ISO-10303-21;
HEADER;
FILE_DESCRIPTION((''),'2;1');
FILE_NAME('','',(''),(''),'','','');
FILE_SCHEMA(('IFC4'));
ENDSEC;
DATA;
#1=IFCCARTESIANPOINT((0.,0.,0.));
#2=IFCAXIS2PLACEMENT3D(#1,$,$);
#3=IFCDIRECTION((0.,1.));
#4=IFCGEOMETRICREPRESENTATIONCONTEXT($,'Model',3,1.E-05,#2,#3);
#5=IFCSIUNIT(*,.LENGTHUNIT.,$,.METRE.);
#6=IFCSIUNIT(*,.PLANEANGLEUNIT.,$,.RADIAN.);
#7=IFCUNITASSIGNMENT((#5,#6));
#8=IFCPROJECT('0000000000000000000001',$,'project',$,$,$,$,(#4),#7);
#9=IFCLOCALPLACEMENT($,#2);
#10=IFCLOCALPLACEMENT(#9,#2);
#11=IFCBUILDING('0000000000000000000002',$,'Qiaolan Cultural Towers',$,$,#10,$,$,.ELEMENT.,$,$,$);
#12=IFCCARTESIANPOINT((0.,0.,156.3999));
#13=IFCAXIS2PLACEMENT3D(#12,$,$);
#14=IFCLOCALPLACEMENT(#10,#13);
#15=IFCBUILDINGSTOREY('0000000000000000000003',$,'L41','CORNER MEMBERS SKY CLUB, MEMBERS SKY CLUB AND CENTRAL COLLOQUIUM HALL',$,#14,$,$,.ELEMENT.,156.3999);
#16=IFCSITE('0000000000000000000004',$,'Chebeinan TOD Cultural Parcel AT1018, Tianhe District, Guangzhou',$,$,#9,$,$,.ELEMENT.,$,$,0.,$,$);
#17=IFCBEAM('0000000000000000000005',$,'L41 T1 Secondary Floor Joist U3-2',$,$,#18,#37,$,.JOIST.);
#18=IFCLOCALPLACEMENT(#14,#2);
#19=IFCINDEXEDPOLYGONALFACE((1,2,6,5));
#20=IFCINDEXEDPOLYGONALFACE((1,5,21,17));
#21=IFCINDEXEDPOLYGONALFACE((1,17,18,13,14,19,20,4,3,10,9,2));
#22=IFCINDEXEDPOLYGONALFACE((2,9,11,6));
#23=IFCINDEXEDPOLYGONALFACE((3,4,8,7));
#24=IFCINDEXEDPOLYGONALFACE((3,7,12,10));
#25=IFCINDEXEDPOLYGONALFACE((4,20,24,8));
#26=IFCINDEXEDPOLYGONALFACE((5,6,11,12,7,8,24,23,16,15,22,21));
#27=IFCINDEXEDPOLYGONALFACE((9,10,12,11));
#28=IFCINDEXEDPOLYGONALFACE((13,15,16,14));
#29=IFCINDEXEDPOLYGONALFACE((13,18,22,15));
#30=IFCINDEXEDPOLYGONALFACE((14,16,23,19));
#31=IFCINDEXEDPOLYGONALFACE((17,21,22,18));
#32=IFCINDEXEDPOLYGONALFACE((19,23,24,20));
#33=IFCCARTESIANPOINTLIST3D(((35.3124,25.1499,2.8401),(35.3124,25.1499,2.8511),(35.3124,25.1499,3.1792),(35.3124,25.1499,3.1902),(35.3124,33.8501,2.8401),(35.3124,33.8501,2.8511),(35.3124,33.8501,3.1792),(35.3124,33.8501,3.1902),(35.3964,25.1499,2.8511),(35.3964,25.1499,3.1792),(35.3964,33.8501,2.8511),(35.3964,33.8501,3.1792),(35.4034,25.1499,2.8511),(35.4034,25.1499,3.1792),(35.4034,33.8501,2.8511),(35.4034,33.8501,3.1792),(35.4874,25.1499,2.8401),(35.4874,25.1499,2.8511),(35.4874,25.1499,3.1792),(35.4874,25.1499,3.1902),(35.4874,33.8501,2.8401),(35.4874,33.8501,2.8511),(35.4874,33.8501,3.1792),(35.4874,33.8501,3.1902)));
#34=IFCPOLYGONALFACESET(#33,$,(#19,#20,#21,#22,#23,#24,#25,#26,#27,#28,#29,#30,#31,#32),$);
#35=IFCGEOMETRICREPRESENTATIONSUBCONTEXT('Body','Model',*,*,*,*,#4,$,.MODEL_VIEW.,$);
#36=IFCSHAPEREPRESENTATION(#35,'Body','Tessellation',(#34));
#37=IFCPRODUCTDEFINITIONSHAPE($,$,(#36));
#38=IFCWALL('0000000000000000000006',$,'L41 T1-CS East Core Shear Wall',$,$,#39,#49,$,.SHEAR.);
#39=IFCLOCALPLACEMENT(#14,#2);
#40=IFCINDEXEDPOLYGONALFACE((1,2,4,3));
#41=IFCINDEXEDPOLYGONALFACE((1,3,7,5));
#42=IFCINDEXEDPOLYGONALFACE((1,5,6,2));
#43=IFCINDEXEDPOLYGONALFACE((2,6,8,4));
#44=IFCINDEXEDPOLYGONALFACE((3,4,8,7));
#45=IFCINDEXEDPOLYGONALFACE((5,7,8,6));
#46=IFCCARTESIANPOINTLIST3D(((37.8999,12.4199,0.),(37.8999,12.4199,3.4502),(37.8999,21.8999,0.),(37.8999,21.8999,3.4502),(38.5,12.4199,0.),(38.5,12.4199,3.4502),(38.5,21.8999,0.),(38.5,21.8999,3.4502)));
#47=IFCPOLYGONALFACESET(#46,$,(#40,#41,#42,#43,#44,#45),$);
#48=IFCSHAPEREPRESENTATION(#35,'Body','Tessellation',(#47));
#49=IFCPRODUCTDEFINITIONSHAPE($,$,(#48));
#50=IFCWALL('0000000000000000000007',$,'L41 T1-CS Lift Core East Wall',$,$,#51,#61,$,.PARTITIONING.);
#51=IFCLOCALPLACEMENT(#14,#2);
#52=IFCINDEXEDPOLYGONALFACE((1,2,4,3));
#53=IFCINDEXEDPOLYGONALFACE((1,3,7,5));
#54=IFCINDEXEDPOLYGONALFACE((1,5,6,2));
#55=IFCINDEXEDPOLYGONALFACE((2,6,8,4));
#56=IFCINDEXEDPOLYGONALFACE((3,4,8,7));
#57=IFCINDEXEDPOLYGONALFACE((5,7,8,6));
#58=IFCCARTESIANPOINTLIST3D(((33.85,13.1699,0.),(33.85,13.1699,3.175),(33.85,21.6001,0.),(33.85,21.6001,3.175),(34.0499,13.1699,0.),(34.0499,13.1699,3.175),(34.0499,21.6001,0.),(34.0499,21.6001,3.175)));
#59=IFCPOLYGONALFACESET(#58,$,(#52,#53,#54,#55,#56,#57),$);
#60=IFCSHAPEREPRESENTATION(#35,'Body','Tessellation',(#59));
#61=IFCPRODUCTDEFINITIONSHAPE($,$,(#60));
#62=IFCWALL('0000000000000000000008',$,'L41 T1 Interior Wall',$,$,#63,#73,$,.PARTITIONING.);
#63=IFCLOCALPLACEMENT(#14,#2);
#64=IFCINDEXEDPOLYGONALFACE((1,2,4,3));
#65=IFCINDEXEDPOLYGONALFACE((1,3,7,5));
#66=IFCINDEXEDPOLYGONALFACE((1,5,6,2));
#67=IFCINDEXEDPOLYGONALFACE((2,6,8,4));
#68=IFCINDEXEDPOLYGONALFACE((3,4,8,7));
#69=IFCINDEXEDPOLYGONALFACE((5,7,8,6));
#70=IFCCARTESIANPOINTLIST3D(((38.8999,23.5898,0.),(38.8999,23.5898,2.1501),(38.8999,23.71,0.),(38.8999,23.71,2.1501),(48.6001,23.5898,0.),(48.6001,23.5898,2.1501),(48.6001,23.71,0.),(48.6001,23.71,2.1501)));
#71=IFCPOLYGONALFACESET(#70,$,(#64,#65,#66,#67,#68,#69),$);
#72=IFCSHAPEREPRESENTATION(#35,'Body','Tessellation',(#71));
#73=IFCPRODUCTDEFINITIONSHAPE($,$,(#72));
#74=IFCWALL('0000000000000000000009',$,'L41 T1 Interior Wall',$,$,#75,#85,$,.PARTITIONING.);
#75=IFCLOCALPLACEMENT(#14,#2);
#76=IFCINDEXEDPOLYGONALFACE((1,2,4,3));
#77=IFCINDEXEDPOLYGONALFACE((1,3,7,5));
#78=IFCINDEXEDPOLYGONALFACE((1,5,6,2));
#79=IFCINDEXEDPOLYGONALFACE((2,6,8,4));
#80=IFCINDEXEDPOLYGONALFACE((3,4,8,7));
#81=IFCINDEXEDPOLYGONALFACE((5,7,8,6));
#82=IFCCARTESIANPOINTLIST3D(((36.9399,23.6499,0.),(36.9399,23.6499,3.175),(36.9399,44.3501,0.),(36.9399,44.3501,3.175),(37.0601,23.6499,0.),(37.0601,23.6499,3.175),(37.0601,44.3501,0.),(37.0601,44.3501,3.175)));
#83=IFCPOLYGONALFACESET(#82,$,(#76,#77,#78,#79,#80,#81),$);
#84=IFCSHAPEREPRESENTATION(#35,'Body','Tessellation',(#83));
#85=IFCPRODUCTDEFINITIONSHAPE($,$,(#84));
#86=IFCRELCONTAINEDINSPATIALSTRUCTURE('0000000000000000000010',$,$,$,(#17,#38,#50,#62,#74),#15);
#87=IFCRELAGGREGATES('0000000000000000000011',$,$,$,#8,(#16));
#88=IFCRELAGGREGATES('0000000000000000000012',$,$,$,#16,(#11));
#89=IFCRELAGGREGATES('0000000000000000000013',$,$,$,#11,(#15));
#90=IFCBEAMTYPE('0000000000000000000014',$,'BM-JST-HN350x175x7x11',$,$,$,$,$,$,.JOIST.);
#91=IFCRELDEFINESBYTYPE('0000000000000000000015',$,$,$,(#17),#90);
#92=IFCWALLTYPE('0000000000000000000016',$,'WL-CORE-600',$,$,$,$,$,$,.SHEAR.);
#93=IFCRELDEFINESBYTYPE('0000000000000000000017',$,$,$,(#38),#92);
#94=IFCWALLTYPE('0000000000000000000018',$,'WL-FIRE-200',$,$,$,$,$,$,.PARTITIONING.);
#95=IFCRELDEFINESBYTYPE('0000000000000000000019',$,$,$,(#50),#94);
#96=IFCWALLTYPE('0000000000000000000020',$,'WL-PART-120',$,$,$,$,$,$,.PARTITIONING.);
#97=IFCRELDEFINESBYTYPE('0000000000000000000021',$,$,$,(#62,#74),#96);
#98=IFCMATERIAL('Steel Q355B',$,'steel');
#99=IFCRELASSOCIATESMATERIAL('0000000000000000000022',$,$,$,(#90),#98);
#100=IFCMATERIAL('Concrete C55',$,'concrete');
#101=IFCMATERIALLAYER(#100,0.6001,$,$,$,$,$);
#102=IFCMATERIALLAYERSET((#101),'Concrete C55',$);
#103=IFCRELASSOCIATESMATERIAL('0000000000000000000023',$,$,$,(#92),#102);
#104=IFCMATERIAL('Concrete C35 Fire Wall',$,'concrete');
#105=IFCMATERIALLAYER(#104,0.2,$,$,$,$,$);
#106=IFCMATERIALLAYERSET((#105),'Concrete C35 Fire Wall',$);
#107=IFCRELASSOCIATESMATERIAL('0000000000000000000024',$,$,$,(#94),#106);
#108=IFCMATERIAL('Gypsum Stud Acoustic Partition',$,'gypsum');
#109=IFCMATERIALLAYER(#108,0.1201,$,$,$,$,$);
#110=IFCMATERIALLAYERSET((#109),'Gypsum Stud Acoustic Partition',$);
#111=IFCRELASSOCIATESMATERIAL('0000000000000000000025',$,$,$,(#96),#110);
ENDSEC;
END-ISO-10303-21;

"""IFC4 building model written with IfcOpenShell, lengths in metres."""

from ifc_helpers import new_model, si_unit, direction, frame, frame_2d, origin, origin_2d, place, context, subcontext, project, spatial, rectangle, i_section, extrude, material, layer, layer_set, material_profile, profile_set, type_object, element, save


model = new_model("IFC4")

# Units and contexts
model_context = context("Model", 3, precision=1e-05, world=origin(), true_north=direction((0.0, 1.0)))
body_context = subcontext(model_context, "Body", "Model", "MODEL_VIEW")
ifc_project = project(units=[si_unit("LENGTHUNIT", "METRE"), si_unit("PLANEANGLEUNIT", "RADIAN")], contexts=[model_context])

# Site, building, storey
site_placement = place(None, origin())
site = spatial("IfcSite", under=ifc_project, at=site_placement, Name="Chebeinan TOD Cultural Parcel AT1018, Tianhe District, Guangzhou", CompositionType="ELEMENT", RefElevation=0.0)
building_placement = place(site_placement, origin())
building = spatial("IfcBuilding", under=site, at=building_placement, Name="Qiaolan Cultural Towers", CompositionType="ELEMENT")
storey_placement = place(building_placement, frame((0.0, 0.0, 156.3999)))
storey = spatial("IfcBuildingStorey", under=building, at=storey_placement, Name="L41", Description="CORNER MEMBERS SKY CLUB, MEMBERS SKY CLUB AND CENTRAL COLLOQUIUM HALL", CompositionType="ELEMENT", Elevation=156.3999)

# Beam
ifc_material_1 = material(Name="Steel Q355B", Category="steel")
ifc_material_profile = material_profile(ifc_material_1, i_section(OverallWidth=0.175, OverallDepth=0.3501, WebThickness=0.0071, FlangeThickness=0.011, at=origin_2d()), Name="HN350x175x7x11")
ifc_profile_set = profile_set([ifc_material_profile], Name="Steel Q355B")
beam_type = type_object("IfcBeamType", Name="BM-JST-HN350x175x7x11", PredefinedType="JOIST", material=ifc_profile_set)
beam_placement = place(storey_placement, frame((35.3999, 25.1499, 3.0151), z_axis=(0.0, 1.0, 0.0), x_axis=(-1.0, 0.0, 0.0)))
element("IfcBeam", 1, at=beam_placement, inside=storey, type_object=beam_type, Name="L41 T1 Secondary Floor Joist U3-2", PredefinedType="JOIST", context=body_context, shape_type="SweptSolid", body=[
    extrude(i_section(OverallWidth=0.175, OverallDepth=0.3501, WebThickness=0.0071, FlangeThickness=0.011, at=origin_2d()), origin(), (0.0, 0.0, 1.0), 8.7002),
])

# Walls
ifc_material_2 = material(Name="Concrete C55", Category="concrete")
ifc_layer_1 = layer(ifc_material_2, 0.6001)
ifc_layer_set_1 = layer_set([ifc_layer_1], Name="Concrete C55")
wall_type_1 = type_object("IfcWallType", Name="WL-CORE-600", PredefinedType="SHEAR", material=ifc_layer_set_1)
wall_1_placement = place(storey_placement, frame((38.2, 21.8999, 0.0), z_axis=(0.0, 0.0, 1.0), x_axis=(0.0, -1.0, 0.0)))
element("IfcWall", 2, at=wall_1_placement, inside=storey, type_object=wall_type_1, Name="L41 T1-CS East Core Shear Wall", PredefinedType="SHEAR", context=body_context, shape_type="SweptSolid", body=[
    extrude(rectangle(XDim=9.48, YDim=0.6001, at=frame_2d((4.74, 0.0))), origin(), (0.0, 0.0, 1.0), 3.4502),
])
ifc_material_3 = material(Name="Concrete C35 Fire Wall", Category="concrete")
ifc_layer_2 = layer(ifc_material_3, 0.2)
ifc_layer_set_2 = layer_set([ifc_layer_2], Name="Concrete C35 Fire Wall")
wall_type_2 = type_object("IfcWallType", Name="WL-FIRE-200", PredefinedType="PARTITIONING", material=ifc_layer_set_2)
wall_2_placement = place(storey_placement, frame((33.95, 21.6001, 0.0), z_axis=(0.0, 0.0, 1.0), x_axis=(0.0, -1.0, 0.0)))
element("IfcWall", 3, at=wall_2_placement, inside=storey, type_object=wall_type_2, Name="L41 T1-CS Lift Core East Wall", PredefinedType="PARTITIONING", context=body_context, shape_type="SweptSolid", body=[
    extrude(rectangle(XDim=8.4302, YDim=0.2, at=frame_2d((4.2151, 0.0))), origin(), (0.0, 0.0, 1.0), 3.175),
])
ifc_material_4 = material(Name="Gypsum Stud Acoustic Partition", Category="gypsum")
ifc_layer_3 = layer(ifc_material_4, 0.1201)
ifc_layer_set_3 = layer_set([ifc_layer_3], Name="Gypsum Stud Acoustic Partition")
wall_type_3 = type_object("IfcWallType", Name="WL-PART-120", PredefinedType="PARTITIONING", material=ifc_layer_set_3)
wall_3_placement = place(storey_placement, frame((38.8999, 23.6499, 0.0), z_axis=(0.0, 0.0, 1.0), x_axis=(1.0, 0.0, 0.0)))
element("IfcWall", 4, at=wall_3_placement, inside=storey, type_object=wall_type_3, Name="L41 T1 Interior Wall", PredefinedType="PARTITIONING", context=body_context, shape_type="SweptSolid", body=[
    extrude(rectangle(XDim=9.7002, YDim=0.1201, at=frame_2d((4.8501, 0.0))), origin(), (0.0, 0.0, 1.0), 2.1501),
])
wall_4_placement = place(storey_placement, frame((37.0, 23.6499, 0.0), z_axis=(0.0, 0.0, 1.0), x_axis=(0.0, 1.0, 0.0)))
element("IfcWall", 5, at=wall_4_placement, inside=storey, type_object=wall_type_3, Name="L41 T1 Interior Wall", PredefinedType="PARTITIONING", context=body_context, shape_type="SweptSolid", body=[
    extrude(rectangle(XDim=20.7002, YDim=0.1201, at=frame_2d((10.3501, 0.0))), origin(), (0.0, 0.0, 1.0), 3.175),
])

save(model, "model.ifc")
